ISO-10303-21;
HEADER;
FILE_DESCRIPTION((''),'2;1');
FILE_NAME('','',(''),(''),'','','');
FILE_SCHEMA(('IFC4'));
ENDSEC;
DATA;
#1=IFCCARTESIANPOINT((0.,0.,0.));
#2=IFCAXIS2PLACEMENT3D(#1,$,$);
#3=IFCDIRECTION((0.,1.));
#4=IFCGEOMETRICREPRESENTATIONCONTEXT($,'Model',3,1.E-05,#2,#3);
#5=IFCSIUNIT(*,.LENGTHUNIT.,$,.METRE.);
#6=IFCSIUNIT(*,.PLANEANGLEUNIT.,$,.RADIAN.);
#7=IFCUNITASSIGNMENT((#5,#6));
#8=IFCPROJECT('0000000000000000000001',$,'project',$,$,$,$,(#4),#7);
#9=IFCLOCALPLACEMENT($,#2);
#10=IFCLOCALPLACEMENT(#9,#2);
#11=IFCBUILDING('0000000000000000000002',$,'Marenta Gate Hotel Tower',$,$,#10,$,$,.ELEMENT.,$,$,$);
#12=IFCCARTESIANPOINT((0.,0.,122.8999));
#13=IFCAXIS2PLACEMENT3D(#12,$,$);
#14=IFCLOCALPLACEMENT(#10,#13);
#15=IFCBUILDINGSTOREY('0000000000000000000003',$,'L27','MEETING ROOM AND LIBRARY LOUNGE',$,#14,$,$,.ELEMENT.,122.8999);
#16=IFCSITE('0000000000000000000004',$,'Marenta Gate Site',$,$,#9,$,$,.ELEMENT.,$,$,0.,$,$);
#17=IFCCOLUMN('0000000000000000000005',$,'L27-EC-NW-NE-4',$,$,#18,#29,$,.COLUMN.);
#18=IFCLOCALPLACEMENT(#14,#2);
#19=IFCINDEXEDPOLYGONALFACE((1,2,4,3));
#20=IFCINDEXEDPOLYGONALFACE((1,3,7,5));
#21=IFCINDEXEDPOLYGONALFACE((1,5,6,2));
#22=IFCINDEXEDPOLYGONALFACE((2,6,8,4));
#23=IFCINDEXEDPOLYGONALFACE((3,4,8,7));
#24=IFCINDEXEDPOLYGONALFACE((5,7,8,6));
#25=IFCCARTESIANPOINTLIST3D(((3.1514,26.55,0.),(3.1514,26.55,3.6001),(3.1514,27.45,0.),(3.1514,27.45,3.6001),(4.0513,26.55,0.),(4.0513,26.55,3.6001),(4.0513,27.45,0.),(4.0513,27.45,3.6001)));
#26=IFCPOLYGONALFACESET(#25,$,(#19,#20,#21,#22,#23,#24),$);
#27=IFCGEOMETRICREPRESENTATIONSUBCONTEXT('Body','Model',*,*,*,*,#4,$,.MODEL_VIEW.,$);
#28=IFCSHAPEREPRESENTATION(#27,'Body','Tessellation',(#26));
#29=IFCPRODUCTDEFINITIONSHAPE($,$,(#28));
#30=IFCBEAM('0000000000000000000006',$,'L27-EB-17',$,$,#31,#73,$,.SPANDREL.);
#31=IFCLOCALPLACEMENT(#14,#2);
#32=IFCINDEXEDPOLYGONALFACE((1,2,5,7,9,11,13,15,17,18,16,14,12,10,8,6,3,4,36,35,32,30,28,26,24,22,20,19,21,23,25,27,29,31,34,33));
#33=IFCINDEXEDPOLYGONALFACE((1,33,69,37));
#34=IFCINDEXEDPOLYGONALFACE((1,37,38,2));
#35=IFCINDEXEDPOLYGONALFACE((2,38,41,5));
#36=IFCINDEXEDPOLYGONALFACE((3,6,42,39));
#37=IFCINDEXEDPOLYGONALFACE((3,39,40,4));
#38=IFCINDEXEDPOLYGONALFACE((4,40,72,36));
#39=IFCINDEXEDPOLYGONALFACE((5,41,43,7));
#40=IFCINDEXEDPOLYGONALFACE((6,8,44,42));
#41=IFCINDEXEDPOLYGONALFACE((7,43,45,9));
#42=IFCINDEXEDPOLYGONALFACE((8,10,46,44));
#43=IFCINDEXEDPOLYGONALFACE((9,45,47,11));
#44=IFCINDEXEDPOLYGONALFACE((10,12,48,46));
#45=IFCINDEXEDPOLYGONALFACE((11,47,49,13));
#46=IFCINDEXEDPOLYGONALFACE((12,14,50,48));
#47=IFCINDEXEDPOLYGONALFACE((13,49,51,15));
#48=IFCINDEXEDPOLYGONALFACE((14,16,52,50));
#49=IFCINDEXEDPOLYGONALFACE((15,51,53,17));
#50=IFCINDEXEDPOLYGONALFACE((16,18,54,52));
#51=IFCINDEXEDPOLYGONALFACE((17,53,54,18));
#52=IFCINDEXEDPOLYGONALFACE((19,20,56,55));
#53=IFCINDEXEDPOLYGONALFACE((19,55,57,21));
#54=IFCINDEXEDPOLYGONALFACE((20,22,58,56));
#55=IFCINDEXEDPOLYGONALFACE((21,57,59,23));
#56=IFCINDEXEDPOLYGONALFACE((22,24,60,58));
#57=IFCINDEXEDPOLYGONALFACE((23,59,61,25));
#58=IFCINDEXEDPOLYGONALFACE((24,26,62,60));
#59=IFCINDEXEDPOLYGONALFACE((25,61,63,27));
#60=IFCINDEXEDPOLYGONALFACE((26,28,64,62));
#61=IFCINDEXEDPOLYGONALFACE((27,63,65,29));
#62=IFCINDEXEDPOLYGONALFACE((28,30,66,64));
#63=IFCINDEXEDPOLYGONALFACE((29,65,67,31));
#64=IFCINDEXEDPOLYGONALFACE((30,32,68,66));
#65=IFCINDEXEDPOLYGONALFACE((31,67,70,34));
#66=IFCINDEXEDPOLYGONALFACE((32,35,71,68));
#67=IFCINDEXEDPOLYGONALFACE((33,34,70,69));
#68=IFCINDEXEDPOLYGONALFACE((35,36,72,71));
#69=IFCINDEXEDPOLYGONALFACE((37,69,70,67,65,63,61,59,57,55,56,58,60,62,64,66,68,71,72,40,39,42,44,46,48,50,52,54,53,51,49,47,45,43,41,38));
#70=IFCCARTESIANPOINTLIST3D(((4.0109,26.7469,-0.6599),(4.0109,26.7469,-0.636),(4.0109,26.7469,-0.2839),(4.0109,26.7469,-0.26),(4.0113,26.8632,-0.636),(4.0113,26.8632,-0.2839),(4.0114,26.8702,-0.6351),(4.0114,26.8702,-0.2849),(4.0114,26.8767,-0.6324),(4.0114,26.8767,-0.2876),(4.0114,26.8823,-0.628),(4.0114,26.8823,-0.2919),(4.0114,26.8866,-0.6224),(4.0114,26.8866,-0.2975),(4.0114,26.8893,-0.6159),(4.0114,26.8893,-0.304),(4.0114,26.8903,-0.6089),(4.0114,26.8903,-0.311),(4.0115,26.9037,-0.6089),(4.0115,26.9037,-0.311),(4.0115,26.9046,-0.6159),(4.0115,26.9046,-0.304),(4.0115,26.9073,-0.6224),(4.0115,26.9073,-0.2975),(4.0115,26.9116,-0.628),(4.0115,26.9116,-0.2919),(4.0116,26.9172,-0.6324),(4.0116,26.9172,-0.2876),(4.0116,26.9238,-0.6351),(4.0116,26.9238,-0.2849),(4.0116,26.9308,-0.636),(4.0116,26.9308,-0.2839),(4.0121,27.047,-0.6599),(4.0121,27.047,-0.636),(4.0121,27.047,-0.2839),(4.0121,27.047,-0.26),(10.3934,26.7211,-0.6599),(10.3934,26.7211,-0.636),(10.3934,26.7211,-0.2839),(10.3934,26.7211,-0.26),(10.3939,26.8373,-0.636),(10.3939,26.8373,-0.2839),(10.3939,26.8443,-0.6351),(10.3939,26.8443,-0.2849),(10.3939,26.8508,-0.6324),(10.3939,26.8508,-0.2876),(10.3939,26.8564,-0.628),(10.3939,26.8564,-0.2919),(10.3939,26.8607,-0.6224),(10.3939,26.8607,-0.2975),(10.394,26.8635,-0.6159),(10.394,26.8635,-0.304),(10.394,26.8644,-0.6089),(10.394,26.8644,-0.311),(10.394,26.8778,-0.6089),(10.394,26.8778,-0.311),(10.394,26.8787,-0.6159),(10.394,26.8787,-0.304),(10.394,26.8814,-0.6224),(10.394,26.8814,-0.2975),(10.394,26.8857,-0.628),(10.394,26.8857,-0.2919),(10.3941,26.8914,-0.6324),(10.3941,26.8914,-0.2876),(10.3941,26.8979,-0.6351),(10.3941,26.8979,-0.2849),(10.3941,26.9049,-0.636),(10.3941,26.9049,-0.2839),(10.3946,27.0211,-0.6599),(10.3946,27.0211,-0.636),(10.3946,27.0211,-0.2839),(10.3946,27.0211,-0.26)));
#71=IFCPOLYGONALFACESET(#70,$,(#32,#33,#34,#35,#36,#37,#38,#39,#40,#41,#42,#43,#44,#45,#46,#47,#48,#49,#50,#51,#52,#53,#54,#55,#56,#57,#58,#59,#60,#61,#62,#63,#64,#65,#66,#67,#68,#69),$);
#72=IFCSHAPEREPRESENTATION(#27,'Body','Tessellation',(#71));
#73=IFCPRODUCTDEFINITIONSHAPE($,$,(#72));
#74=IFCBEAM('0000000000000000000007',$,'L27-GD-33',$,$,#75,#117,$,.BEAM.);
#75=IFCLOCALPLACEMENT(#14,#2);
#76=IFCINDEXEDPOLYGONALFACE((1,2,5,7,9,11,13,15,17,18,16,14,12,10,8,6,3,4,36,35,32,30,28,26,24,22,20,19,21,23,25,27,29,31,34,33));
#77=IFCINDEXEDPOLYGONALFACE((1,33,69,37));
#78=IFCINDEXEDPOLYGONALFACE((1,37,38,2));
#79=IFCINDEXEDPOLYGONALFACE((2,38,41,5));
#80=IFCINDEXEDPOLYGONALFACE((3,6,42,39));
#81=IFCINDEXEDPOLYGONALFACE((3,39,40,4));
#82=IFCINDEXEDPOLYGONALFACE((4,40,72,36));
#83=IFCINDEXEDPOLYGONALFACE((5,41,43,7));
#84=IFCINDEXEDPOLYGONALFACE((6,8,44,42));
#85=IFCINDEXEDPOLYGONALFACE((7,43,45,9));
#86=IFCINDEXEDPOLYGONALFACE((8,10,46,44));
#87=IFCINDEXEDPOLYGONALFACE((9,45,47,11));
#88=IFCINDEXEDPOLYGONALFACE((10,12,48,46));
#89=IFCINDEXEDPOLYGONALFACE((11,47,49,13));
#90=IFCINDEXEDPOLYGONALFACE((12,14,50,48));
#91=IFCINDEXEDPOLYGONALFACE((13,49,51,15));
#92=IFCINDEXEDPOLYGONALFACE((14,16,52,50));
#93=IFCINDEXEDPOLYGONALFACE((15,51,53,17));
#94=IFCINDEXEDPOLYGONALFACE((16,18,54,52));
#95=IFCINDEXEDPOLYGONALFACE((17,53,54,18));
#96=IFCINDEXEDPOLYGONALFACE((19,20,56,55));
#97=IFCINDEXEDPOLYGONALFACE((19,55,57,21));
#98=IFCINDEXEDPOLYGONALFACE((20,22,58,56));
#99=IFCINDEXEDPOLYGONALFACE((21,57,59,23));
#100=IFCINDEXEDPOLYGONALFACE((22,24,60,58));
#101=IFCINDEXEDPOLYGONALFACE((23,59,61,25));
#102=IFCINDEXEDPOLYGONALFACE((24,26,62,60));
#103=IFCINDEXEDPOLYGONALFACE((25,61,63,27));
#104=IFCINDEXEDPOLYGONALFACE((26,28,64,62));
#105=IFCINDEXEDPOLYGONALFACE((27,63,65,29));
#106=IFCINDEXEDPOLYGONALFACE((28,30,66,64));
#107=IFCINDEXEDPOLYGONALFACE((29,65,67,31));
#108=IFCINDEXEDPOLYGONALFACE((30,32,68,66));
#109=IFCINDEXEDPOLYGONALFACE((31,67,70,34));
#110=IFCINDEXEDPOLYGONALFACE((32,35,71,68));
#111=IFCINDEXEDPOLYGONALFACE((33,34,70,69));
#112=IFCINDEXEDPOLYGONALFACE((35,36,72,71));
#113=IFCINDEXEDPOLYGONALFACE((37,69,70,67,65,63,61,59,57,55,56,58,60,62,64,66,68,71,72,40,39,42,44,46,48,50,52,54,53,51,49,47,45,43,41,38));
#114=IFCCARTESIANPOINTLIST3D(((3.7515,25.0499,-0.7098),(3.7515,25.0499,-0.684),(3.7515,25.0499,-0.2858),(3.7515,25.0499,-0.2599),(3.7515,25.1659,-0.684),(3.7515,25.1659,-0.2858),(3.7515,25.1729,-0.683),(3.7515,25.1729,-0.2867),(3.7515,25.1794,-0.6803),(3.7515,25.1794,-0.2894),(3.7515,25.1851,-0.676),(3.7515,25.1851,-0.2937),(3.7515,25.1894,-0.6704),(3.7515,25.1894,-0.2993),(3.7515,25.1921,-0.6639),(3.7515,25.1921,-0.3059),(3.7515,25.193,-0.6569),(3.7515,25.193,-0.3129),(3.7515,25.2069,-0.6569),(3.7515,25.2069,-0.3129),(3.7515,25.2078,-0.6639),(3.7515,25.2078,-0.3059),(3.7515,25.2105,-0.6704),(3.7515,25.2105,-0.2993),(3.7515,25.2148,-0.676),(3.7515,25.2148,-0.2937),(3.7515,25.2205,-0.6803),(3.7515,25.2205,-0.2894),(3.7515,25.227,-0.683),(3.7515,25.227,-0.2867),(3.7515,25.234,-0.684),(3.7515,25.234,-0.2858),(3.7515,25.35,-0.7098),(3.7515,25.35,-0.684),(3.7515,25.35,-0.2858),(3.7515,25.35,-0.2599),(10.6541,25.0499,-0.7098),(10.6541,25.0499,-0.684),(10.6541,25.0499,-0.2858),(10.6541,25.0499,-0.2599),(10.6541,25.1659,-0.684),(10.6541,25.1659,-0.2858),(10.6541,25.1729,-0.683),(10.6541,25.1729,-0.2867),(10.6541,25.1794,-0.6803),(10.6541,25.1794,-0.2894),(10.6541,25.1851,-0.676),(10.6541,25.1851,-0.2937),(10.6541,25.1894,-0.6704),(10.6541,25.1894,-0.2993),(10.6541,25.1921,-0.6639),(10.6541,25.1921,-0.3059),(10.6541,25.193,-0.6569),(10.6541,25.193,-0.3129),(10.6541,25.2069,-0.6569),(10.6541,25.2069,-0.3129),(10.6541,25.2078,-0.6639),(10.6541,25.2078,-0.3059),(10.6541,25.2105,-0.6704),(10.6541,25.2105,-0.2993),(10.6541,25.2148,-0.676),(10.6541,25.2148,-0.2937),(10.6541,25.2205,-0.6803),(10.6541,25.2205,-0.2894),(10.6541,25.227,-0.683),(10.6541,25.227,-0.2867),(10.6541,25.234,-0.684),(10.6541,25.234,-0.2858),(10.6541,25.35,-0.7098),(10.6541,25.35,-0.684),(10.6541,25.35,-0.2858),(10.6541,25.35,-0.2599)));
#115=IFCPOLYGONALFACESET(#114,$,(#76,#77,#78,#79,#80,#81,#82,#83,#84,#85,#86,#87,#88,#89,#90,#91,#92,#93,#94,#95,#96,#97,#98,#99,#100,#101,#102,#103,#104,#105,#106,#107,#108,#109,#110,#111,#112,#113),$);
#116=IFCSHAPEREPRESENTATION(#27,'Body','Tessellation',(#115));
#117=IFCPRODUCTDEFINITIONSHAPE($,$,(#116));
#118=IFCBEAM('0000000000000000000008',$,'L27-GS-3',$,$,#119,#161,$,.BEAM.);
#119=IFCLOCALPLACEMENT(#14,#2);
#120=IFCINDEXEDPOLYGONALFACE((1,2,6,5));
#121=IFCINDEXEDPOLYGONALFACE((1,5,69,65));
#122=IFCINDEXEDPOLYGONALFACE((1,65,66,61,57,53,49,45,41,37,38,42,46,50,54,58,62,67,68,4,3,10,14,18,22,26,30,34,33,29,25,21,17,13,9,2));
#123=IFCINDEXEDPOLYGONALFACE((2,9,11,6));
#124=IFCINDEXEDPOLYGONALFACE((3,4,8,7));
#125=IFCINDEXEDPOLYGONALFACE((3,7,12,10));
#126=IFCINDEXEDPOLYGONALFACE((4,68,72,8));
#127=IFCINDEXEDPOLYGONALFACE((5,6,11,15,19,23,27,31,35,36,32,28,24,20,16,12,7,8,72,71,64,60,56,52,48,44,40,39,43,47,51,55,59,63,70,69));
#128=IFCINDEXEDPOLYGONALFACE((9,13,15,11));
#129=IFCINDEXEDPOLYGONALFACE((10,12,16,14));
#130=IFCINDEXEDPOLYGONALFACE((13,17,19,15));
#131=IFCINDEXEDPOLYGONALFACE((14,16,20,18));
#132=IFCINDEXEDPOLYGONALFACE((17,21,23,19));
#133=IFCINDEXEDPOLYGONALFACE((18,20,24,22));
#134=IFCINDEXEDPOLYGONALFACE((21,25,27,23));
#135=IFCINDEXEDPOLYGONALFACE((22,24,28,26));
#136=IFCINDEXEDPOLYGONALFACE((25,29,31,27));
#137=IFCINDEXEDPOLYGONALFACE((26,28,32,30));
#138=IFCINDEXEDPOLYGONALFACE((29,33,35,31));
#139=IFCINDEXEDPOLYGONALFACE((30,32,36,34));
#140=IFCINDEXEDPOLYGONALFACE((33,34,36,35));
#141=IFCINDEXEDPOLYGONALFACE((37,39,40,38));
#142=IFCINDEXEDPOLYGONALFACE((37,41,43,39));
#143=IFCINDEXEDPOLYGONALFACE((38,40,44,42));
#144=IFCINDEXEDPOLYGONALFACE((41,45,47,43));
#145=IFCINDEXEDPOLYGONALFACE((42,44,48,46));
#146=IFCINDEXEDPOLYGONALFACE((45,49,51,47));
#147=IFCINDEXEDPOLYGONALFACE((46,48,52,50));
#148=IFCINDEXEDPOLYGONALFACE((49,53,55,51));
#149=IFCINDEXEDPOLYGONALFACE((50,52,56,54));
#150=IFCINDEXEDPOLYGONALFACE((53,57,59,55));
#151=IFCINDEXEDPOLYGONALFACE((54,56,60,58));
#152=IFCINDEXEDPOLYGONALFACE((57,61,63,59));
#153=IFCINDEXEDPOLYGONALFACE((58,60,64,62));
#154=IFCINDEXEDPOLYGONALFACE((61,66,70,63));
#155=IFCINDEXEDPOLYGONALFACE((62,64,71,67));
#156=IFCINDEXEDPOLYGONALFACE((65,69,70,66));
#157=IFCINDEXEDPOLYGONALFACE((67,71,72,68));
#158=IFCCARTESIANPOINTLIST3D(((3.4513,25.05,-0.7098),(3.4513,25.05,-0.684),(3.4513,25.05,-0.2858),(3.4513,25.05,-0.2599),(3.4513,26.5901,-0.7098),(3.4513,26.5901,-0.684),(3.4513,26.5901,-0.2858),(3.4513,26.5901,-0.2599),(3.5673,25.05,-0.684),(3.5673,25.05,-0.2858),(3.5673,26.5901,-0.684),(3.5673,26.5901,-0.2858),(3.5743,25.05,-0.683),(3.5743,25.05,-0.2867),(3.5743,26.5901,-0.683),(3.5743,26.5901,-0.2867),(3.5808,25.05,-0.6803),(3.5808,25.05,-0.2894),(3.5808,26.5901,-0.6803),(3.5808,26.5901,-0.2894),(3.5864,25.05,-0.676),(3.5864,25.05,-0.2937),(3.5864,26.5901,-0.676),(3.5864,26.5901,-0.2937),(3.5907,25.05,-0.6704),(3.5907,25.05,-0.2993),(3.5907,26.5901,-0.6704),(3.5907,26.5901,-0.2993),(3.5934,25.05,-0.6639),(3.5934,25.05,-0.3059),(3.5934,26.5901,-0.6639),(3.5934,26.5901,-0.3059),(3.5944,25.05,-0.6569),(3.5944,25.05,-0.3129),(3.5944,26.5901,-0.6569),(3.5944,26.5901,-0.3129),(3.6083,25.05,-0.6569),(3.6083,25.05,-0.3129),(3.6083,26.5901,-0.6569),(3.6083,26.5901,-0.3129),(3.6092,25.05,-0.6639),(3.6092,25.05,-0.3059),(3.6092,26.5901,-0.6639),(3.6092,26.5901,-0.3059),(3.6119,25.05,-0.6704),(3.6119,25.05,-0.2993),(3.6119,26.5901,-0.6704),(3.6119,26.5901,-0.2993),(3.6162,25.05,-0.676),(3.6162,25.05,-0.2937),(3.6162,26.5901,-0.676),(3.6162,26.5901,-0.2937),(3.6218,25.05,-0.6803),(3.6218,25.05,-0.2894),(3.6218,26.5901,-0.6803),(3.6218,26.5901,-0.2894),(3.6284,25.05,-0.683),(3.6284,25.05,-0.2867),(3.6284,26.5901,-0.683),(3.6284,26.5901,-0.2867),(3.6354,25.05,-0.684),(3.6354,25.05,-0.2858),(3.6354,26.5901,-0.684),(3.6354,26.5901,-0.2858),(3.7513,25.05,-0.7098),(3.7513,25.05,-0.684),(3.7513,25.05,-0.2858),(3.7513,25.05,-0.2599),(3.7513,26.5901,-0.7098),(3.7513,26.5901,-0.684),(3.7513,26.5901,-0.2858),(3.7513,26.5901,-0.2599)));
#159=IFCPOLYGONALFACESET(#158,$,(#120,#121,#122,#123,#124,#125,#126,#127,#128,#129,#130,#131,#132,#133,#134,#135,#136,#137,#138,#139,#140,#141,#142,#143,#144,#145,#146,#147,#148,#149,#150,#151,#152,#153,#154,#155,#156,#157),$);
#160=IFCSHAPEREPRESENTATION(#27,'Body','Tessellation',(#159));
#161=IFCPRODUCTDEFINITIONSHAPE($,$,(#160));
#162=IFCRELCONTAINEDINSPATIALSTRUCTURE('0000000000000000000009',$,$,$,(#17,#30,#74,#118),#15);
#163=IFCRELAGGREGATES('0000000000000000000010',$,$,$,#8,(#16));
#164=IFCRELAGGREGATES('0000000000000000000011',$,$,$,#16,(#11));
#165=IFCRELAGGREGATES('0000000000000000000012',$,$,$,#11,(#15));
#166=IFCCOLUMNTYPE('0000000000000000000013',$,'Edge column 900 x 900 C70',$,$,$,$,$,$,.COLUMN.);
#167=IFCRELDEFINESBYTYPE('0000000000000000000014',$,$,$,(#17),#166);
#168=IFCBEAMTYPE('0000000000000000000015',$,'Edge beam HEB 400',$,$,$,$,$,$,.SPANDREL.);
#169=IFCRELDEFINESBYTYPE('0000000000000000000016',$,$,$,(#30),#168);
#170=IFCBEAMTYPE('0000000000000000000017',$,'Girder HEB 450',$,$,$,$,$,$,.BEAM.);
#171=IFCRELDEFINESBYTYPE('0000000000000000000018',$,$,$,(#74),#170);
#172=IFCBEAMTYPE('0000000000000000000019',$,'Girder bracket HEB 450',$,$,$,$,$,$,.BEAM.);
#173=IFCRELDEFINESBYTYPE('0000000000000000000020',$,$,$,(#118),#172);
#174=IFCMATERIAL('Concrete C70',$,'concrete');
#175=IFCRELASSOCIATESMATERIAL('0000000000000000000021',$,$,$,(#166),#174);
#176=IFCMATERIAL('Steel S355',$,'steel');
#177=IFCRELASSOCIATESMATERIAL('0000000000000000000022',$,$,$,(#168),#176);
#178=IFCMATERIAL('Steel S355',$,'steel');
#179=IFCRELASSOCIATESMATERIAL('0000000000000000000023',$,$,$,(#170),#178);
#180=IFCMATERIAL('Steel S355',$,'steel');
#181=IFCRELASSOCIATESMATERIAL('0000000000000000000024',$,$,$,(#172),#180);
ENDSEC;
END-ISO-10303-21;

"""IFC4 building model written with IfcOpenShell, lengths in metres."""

from ifc_helpers import new_model, si_unit, direction, frame, origin, origin_2d, place, context, subcontext, project, spatial, rectangle, i_section, extrude, material, material_profile, profile_set, type_object, element, save


model = new_model("IFC4")

# Units and contexts
model_context = context("Model", 3, precision=1e-05, world=origin(), true_north=direction((0.0, 1.0)))
body_context = subcontext(model_context, "Body", "Model", "MODEL_VIEW")
ifc_project = project(units=[si_unit("LENGTHUNIT", "METRE"), si_unit("PLANEANGLEUNIT", "RADIAN")], contexts=[model_context])

# Site, building, storey
site_placement = place(None, origin())
site = spatial("IfcSite", under=ifc_project, at=site_placement, Name="Marenta Gate Site", CompositionType="ELEMENT", RefElevation=0.0)
building_placement = place(site_placement, origin())
building = spatial("IfcBuilding", under=site, at=building_placement, Name="Marenta Gate Hotel Tower", CompositionType="ELEMENT")
storey_placement = place(building_placement, frame((0.0, 0.0, 122.8999)))
storey = spatial("IfcBuildingStorey", under=building, at=storey_placement, Name="L27", Description="MEETING ROOM AND LIBRARY LOUNGE", CompositionType="ELEMENT", Elevation=122.8999)

# Column
ifc_material_1 = material(Name="Concrete C70", Category="concrete")
ifc_material_profile_1 = material_profile(ifc_material_1, rectangle(XDim=0.8999, YDim=0.8999, at=origin_2d()), Name="900 x 900")
ifc_profile_set_1 = profile_set([ifc_material_profile_1], Name="Concrete C70")
column_type = type_object("IfcColumnType", Name="Edge column 900 x 900 C70", PredefinedType="COLUMN", material=ifc_profile_set_1)
column_placement = place(storey_placement, frame((3.6013, 27.0, 0.0), z_axis=(0.0, 0.0, 1.0), x_axis=(1.0, 0.0, 0.0)))
element("IfcColumn", 1, at=column_placement, inside=storey, type_object=column_type, Name="L27-EC-NW-NE-4", PredefinedType="COLUMN", context=body_context, shape_type="SweptSolid", body=[
    extrude(rectangle(XDim=0.8999, YDim=0.8999, at=origin_2d()), origin(), (0.0, 0.0, 1.0), 3.6001),
])

# Beams
ifc_material_2 = material(Name="Steel S355", Category="steel")
ifc_material_profile_2 = material_profile(ifc_material_2, i_section(OverallWidth=0.3, OverallDepth=0.3999, WebThickness=0.0134, FlangeThickness=0.0239, FilletRadius=0.0271, at=origin_2d()), Name="HEB 400")
ifc_profile_set_2 = profile_set([ifc_material_profile_2], Name="Steel S355")
beam_type_1 = type_object("IfcBeamType", Name="Edge beam HEB 400", PredefinedType="SPANDREL", material=ifc_profile_set_2)
beam_1_placement = place(storey_placement, frame((4.0115, 26.897, -0.46), z_axis=(0.999992, -0.004055, 0.0), x_axis=(0.004055, 0.999992, 0.0)))
element("IfcBeam", 2, at=beam_1_placement, inside=storey, type_object=beam_type_1, Name="L27-EB-17", PredefinedType="SPANDREL", context=body_context, shape_type="SweptSolid", body=[
    extrude(i_section(OverallWidth=0.3, OverallDepth=0.3999, WebThickness=0.0134, FlangeThickness=0.0239, FilletRadius=0.0271, at=origin_2d()), origin(), (0.0, 0.0, 1.0), 6.3826),
])
ifc_material_3 = material(Name="Steel S355", Category="steel")
ifc_material_profile_3 = material_profile(ifc_material_3, i_section(OverallWidth=0.3, OverallDepth=0.45, WebThickness=0.0139, FlangeThickness=0.0259, FilletRadius=0.0271, at=origin_2d()), Name="HEB 450")
ifc_profile_set_3 = profile_set([ifc_material_profile_3], Name="Steel S355")
beam_type_2 = type_object("IfcBeamType", Name="Girder HEB 450", PredefinedType="BEAM", material=ifc_profile_set_3)
beam_2_placement = place(storey_placement, frame((3.7515, 25.2, -0.4849), z_axis=(1.0, 0.0, 0.0), x_axis=(0.0, 1.0, 0.0)))
element("IfcBeam", 3, at=beam_2_placement, inside=storey, type_object=beam_type_2, Name="L27-GD-33", PredefinedType="BEAM", context=body_context, shape_type="SweptSolid", body=[
    extrude(i_section(OverallWidth=0.3, OverallDepth=0.45, WebThickness=0.0139, FlangeThickness=0.0259, FilletRadius=0.0271, at=origin_2d()), origin(), (0.0, 0.0, 1.0), 6.9026),
])
ifc_material_4 = material(Name="Steel S355", Category="steel")
ifc_material_profile_4 = material_profile(ifc_material_4, i_section(OverallWidth=0.3, OverallDepth=0.45, WebThickness=0.0139, FlangeThickness=0.0259, FilletRadius=0.0271, at=origin_2d()), Name="HEB 450")
ifc_profile_set_4 = profile_set([ifc_material_profile_4], Name="Steel S355")
beam_type_3 = type_object("IfcBeamType", Name="Girder bracket HEB 450", PredefinedType="BEAM", material=ifc_profile_set_4)
beam_3_placement = place(storey_placement, frame((3.6013, 25.05, -0.4849), z_axis=(0.0, 1.0, 0.0), x_axis=(-1.0, 0.0, 0.0)))
element("IfcBeam", 4, at=beam_3_placement, inside=storey, type_object=beam_type_3, Name="L27-GS-3", PredefinedType="BEAM", context=body_context, shape_type="SweptSolid", body=[
    extrude(i_section(OverallWidth=0.3, OverallDepth=0.45, WebThickness=0.0139, FlangeThickness=0.0259, FilletRadius=0.0271, at=origin_2d()), origin(), (0.0, 0.0, 1.0), 1.54),
])

save(model, "model.ifc")
